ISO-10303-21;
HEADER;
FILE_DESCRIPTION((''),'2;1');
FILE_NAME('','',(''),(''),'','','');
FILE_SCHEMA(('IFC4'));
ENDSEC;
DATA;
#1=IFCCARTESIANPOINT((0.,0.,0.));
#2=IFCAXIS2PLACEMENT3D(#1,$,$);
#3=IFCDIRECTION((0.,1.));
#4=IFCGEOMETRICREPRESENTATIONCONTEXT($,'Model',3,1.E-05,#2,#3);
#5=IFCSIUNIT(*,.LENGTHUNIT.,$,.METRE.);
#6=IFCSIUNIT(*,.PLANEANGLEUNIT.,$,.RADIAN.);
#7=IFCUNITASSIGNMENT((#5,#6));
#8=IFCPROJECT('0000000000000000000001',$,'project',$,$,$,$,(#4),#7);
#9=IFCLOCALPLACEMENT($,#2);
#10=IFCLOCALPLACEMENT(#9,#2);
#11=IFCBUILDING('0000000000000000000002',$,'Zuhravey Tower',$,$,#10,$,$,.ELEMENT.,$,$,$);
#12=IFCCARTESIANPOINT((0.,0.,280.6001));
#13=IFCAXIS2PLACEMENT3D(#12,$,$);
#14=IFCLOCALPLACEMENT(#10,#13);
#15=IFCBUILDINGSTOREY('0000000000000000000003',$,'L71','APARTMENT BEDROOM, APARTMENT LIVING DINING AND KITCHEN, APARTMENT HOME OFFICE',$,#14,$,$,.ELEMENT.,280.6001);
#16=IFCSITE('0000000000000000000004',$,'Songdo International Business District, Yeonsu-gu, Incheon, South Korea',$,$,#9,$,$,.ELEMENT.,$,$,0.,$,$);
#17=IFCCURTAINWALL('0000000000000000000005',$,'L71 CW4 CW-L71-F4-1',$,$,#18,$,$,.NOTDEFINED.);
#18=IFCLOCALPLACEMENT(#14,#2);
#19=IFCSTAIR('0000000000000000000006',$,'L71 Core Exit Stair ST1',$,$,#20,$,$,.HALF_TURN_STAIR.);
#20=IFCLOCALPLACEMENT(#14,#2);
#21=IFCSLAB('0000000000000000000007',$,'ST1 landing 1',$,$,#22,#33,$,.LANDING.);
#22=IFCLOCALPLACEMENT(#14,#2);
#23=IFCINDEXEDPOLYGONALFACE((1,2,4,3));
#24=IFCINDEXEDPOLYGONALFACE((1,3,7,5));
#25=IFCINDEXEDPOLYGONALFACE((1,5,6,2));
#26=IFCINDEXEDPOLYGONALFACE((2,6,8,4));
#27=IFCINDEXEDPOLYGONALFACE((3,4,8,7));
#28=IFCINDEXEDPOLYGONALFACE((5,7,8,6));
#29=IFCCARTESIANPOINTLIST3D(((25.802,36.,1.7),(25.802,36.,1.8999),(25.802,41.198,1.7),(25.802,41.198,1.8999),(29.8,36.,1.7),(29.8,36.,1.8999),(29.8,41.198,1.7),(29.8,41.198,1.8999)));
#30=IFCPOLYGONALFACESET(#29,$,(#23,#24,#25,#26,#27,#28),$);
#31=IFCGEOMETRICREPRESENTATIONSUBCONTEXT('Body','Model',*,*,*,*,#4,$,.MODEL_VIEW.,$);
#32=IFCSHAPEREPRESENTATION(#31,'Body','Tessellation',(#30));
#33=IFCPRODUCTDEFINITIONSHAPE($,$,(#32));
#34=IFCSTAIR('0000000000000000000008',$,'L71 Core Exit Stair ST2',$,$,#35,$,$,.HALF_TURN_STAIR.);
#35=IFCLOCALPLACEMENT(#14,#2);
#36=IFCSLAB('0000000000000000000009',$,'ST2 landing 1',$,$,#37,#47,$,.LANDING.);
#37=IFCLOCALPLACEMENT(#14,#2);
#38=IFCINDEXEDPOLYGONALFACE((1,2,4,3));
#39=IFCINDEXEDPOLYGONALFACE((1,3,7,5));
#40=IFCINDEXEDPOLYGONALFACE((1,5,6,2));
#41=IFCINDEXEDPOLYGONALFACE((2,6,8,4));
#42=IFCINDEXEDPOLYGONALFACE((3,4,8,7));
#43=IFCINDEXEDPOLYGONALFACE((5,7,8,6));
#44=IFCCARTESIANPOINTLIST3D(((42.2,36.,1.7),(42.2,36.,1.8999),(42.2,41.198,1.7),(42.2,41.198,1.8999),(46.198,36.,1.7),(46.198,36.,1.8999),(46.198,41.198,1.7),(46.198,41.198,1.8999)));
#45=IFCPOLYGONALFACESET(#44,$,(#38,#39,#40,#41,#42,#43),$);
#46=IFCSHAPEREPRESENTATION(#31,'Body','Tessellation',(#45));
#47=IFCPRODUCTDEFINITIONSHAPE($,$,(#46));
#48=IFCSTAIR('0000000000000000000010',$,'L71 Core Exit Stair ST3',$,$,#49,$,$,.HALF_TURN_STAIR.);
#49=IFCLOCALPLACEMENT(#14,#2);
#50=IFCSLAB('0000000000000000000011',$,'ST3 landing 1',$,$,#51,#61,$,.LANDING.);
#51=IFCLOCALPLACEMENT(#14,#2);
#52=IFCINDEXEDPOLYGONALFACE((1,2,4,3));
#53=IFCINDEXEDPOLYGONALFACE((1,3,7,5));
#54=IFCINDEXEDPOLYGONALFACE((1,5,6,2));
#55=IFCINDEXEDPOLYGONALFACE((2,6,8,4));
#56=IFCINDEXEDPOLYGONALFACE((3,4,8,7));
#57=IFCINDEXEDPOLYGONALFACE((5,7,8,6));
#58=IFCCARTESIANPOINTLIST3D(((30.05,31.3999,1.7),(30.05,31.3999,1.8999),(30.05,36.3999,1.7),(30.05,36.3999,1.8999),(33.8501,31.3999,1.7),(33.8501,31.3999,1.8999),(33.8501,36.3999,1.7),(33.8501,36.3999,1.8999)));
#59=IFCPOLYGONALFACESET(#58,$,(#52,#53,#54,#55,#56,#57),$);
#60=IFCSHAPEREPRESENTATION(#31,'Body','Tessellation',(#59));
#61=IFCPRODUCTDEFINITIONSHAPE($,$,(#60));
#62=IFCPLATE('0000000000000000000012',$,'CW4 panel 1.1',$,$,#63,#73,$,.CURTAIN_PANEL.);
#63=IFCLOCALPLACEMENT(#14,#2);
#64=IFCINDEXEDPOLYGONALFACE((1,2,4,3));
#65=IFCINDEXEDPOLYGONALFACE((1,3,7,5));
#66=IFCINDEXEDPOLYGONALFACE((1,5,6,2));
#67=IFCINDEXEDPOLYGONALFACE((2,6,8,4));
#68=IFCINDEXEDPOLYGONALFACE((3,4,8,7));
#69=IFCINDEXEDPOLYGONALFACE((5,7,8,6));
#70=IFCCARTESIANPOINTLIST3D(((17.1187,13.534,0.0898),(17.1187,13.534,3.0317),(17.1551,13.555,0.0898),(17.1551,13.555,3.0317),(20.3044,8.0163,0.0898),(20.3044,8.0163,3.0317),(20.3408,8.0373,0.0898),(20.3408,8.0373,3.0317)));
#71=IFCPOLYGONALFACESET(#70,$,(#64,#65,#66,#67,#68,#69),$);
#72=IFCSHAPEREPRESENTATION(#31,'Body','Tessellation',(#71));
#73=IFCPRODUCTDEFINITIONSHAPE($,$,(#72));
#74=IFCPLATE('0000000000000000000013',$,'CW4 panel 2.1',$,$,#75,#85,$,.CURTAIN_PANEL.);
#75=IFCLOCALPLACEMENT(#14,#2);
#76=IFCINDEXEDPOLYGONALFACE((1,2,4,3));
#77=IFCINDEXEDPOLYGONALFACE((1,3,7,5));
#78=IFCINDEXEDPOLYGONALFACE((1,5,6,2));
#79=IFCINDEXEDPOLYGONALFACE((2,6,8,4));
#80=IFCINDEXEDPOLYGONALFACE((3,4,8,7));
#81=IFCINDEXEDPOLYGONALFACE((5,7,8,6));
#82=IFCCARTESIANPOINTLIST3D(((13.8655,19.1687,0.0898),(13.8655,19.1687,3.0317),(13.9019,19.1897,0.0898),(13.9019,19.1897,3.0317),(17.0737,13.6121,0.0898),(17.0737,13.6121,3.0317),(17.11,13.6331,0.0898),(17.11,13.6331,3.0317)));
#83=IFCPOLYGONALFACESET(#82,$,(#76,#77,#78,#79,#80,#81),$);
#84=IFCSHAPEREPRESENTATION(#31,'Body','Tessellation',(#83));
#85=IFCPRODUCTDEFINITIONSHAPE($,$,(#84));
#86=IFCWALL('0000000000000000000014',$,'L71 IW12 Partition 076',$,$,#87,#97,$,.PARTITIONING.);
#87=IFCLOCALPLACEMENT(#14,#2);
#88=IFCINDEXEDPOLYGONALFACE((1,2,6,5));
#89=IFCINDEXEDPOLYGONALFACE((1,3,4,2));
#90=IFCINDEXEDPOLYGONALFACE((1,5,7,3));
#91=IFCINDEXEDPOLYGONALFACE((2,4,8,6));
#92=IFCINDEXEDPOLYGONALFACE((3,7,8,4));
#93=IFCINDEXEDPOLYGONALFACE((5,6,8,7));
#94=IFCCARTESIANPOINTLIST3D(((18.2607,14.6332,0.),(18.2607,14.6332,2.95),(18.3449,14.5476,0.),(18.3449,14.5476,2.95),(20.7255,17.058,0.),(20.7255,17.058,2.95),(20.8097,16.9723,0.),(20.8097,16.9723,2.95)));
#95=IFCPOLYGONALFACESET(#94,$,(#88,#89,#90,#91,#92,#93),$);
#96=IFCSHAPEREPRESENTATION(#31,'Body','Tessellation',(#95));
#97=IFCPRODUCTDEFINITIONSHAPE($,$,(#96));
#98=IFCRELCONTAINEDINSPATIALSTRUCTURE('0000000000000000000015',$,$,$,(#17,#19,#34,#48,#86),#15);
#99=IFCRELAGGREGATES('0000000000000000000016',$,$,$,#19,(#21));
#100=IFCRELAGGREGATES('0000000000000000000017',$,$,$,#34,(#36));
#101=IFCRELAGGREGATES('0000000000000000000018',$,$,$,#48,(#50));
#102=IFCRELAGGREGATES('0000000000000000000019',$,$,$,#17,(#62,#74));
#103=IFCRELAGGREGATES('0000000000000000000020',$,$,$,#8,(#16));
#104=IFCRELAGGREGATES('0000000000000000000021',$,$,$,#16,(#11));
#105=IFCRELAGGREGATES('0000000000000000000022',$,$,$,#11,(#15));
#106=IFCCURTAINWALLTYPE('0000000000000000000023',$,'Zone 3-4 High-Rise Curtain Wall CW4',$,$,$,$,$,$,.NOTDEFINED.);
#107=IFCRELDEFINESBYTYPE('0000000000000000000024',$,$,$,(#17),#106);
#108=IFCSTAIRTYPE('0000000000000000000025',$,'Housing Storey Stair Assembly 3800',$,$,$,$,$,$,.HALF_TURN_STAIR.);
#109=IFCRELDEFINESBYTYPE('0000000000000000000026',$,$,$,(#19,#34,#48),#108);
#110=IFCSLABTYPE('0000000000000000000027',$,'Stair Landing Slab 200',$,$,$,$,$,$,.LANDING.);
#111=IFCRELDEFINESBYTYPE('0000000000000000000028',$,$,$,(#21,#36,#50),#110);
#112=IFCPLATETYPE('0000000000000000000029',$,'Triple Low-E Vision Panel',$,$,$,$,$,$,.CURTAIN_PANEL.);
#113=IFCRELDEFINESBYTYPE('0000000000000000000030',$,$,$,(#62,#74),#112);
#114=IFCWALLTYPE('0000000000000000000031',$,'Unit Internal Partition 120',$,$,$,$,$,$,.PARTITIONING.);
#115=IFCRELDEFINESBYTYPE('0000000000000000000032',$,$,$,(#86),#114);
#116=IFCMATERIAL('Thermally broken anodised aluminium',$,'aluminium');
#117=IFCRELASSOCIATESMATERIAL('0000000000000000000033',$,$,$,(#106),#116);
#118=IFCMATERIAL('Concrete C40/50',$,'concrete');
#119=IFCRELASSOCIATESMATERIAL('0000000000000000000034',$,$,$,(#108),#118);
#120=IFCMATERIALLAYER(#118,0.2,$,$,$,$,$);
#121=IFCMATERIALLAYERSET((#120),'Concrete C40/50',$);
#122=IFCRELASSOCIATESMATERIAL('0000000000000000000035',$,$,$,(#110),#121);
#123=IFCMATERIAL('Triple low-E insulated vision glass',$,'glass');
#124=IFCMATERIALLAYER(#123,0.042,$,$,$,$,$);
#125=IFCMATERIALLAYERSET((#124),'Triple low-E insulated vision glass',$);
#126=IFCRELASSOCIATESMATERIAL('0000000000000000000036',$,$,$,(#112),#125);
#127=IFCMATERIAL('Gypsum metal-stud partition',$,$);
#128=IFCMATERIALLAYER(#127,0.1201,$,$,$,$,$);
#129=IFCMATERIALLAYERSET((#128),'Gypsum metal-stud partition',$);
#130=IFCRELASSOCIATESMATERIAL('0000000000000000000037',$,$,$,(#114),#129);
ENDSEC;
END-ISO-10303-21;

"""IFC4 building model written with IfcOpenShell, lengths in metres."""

from ifc_helpers import new_model, si_unit, direction, frame, frame_2d, origin, origin_2d, place, context, subcontext, project, spatial, polyline, rectangle, outline, extrude, material, layer, layer_set, type_object, element, aggregate, save


model = new_model("IFC4")

# Units and contexts
model_context = context("Model", 3, precision=1e-05, world=origin(), true_north=direction((0.0, 1.0)))
body_context = subcontext(model_context, "Body", "Model", "MODEL_VIEW")
ifc_project = project(units=[si_unit("LENGTHUNIT", "METRE"), si_unit("PLANEANGLEUNIT", "RADIAN")], contexts=[model_context])

# Site, building, storey
site_placement = place(None, origin())
site = spatial("IfcSite", under=ifc_project, at=site_placement, Name="Songdo International Business District, Yeonsu-gu, Incheon, South Korea", CompositionType="ELEMENT", RefElevation=0.0)
building_placement = place(site_placement, origin())
building = spatial("IfcBuilding", under=site, at=building_placement, Name="Zuhravey Tower", CompositionType="ELEMENT")
storey_placement = place(building_placement, frame((0.0, 0.0, 280.6001)))
storey = spatial("IfcBuildingStorey", under=building, at=storey_placement, Name="L71", Description="APARTMENT BEDROOM, APARTMENT LIVING DINING AND KITCHEN, APARTMENT HOME OFFICE", CompositionType="ELEMENT", Elevation=280.6001)

# Curtain wall
ifc_material_1 = material(Name="Thermally broken anodised aluminium", Category="aluminium")
curtain_wall_type = type_object("IfcCurtainWallType", Name="Zone 3-4 High-Rise Curtain Wall CW4", PredefinedType="NOTDEFINED", material=ifc_material_1)
curtain_wall_placement = place(storey_placement, origin())
curtain_wall = element("IfcCurtainWall", 1, at=curtain_wall_placement, inside=storey, type_object=curtain_wall_type, Name="L71 CW4 CW-L71-F4-1", PredefinedType="NOTDEFINED")

# Shared definitions
ifc_material_2 = material(Name="Concrete C40/50", Category="concrete")

# Stairs, slabs
stair_type = type_object("IfcStairType", Name="Housing Storey Stair Assembly 3800", PredefinedType="HALF_TURN_STAIR", material=ifc_material_2)
stair_1_placement = place(storey_placement, origin())
stair_1 = element("IfcStair", 2, at=stair_1_placement, inside=storey, type_object=stair_type, Name="L71 Core Exit Stair ST1", PredefinedType="HALF_TURN_STAIR")
ifc_layer_1 = layer(ifc_material_2, 0.2)
ifc_layer_set_1 = layer_set([ifc_layer_1], Name="Concrete C40/50")
slab_type_1 = type_object("IfcSlabType", Name="Stair Landing Slab 200", PredefinedType="LANDING", material=ifc_layer_set_1)
slab_1_placement = place(storey_placement, frame((0.0, 0.0, 1.7)))
slab_1 = element("IfcSlab", 3, at=slab_1_placement, type_object=slab_type_1, Name="ST1 landing 1", PredefinedType="LANDING", context=body_context, shape_type="SweptSolid", body=[
    extrude(outline(polyline([(29.8, 36.0), (29.8, 41.198), (25.802, 41.198), (25.802, 36.0), (29.8, 36.0)])), origin(), (0.0, 0.0, 1.0), 0.2),
])
aggregate(stair_1, [slab_1])
stair_2_placement = place(storey_placement, origin())
stair_2 = element("IfcStair", 4, at=stair_2_placement, inside=storey, type_object=stair_type, Name="L71 Core Exit Stair ST2", PredefinedType="HALF_TURN_STAIR")
slab_2_placement = place(storey_placement, frame((0.0, 0.0, 1.7)))
slab_2 = element("IfcSlab", 5, at=slab_2_placement, type_object=slab_type_1, Name="ST2 landing 1", PredefinedType="LANDING", context=body_context, shape_type="SweptSolid", body=[
    extrude(outline(polyline([(46.198, 36.0), (46.198, 41.198), (42.2, 41.198), (42.2, 36.0), (46.198, 36.0)])), origin(), (0.0, 0.0, 1.0), 0.2),
])
aggregate(stair_2, [slab_2])
stair_3_placement = place(storey_placement, origin())
stair_3 = element("IfcStair", 6, at=stair_3_placement, inside=storey, type_object=stair_type, Name="L71 Core Exit Stair ST3", PredefinedType="HALF_TURN_STAIR")
slab_3_placement = place(storey_placement, frame((0.0, 0.0, 1.7)))
slab_3 = element("IfcSlab", 7, at=slab_3_placement, type_object=slab_type_1, Name="ST3 landing 1", PredefinedType="LANDING", context=body_context, shape_type="SweptSolid", body=[
    extrude(outline(polyline([(30.05, 36.3999), (30.05, 31.3999), (33.8501, 31.3999), (33.8501, 36.3999), (30.05, 36.3999)])), origin(), (0.0, 0.0, 1.0), 0.2),
])
aggregate(stair_3, [slab_3])

# Plates
ifc_material_3 = material(Name="Triple low-E insulated vision glass", Category="glass")
ifc_layer_2 = layer(ifc_material_3, 0.042)
ifc_layer_set_2 = layer_set([ifc_layer_2], Name="Triple low-E insulated vision glass")
plate_type = type_object("IfcPlateType", Name="Triple Low-E Vision Panel", PredefinedType="CURTAIN_PANEL", material=ifc_layer_set_2)
plate_1_placement = place(storey_placement, frame((18.7297, 10.7856, 0.0898), z_axis=(0.0, 0.0, 1.0), x_axis=(-0.500001, 0.866025, 0.0)))
plate_1 = element("IfcPlate", 8, at=plate_1_placement, type_object=plate_type, Name="CW4 panel 1.1", PredefinedType="CURTAIN_PANEL", context=body_context, shape_type="SweptSolid", body=[
    extrude(rectangle(XDim=6.3713, YDim=0.042, at=origin_2d()), origin(), (0.0, 0.0, 1.0), 2.9419),
])
plate_2_placement = place(storey_placement, frame((15.4878, 16.4009, 0.0898), z_axis=(0.0, 0.0, 1.0), x_axis=(-0.500001, 0.866025, 0.0)))
plate_2 = element("IfcPlate", 9, at=plate_2_placement, type_object=plate_type, Name="CW4 panel 2.1", PredefinedType="CURTAIN_PANEL", context=body_context, shape_type="SweptSolid", body=[
    extrude(rectangle(XDim=6.4163, YDim=0.042, at=origin_2d()), origin(), (0.0, 0.0, 1.0), 2.9419),
])
aggregate(curtain_wall, [plate_1, plate_2])

# Wall
ifc_material_4 = material(Name="Gypsum metal-stud partition")
ifc_layer_3 = layer(ifc_material_4, 0.1201)
ifc_layer_set_3 = layer_set([ifc_layer_3], Name="Gypsum metal-stud partition")
wall_type = type_object("IfcWallType", Name="Unit Internal Partition 120", PredefinedType="PARTITIONING", material=ifc_layer_set_3)
wall_placement = place(storey_placement, frame((20.7676, 17.0151, 0.0), z_axis=(0.0, 0.0, 1.0), x_axis=(-0.712873, -0.701293, 0.0)))
element("IfcWall", 10, at=wall_placement, inside=storey, type_object=wall_type, Name="L71 IW12 Partition 076", PredefinedType="PARTITIONING", context=body_context, shape_type="SweptSolid", body=[
    extrude(rectangle(XDim=3.4575, YDim=0.1201, at=frame_2d((1.7288, 0.0))), origin(), (0.0, 0.0, 1.0), 2.95),
])

save(model, "model.ifc")
